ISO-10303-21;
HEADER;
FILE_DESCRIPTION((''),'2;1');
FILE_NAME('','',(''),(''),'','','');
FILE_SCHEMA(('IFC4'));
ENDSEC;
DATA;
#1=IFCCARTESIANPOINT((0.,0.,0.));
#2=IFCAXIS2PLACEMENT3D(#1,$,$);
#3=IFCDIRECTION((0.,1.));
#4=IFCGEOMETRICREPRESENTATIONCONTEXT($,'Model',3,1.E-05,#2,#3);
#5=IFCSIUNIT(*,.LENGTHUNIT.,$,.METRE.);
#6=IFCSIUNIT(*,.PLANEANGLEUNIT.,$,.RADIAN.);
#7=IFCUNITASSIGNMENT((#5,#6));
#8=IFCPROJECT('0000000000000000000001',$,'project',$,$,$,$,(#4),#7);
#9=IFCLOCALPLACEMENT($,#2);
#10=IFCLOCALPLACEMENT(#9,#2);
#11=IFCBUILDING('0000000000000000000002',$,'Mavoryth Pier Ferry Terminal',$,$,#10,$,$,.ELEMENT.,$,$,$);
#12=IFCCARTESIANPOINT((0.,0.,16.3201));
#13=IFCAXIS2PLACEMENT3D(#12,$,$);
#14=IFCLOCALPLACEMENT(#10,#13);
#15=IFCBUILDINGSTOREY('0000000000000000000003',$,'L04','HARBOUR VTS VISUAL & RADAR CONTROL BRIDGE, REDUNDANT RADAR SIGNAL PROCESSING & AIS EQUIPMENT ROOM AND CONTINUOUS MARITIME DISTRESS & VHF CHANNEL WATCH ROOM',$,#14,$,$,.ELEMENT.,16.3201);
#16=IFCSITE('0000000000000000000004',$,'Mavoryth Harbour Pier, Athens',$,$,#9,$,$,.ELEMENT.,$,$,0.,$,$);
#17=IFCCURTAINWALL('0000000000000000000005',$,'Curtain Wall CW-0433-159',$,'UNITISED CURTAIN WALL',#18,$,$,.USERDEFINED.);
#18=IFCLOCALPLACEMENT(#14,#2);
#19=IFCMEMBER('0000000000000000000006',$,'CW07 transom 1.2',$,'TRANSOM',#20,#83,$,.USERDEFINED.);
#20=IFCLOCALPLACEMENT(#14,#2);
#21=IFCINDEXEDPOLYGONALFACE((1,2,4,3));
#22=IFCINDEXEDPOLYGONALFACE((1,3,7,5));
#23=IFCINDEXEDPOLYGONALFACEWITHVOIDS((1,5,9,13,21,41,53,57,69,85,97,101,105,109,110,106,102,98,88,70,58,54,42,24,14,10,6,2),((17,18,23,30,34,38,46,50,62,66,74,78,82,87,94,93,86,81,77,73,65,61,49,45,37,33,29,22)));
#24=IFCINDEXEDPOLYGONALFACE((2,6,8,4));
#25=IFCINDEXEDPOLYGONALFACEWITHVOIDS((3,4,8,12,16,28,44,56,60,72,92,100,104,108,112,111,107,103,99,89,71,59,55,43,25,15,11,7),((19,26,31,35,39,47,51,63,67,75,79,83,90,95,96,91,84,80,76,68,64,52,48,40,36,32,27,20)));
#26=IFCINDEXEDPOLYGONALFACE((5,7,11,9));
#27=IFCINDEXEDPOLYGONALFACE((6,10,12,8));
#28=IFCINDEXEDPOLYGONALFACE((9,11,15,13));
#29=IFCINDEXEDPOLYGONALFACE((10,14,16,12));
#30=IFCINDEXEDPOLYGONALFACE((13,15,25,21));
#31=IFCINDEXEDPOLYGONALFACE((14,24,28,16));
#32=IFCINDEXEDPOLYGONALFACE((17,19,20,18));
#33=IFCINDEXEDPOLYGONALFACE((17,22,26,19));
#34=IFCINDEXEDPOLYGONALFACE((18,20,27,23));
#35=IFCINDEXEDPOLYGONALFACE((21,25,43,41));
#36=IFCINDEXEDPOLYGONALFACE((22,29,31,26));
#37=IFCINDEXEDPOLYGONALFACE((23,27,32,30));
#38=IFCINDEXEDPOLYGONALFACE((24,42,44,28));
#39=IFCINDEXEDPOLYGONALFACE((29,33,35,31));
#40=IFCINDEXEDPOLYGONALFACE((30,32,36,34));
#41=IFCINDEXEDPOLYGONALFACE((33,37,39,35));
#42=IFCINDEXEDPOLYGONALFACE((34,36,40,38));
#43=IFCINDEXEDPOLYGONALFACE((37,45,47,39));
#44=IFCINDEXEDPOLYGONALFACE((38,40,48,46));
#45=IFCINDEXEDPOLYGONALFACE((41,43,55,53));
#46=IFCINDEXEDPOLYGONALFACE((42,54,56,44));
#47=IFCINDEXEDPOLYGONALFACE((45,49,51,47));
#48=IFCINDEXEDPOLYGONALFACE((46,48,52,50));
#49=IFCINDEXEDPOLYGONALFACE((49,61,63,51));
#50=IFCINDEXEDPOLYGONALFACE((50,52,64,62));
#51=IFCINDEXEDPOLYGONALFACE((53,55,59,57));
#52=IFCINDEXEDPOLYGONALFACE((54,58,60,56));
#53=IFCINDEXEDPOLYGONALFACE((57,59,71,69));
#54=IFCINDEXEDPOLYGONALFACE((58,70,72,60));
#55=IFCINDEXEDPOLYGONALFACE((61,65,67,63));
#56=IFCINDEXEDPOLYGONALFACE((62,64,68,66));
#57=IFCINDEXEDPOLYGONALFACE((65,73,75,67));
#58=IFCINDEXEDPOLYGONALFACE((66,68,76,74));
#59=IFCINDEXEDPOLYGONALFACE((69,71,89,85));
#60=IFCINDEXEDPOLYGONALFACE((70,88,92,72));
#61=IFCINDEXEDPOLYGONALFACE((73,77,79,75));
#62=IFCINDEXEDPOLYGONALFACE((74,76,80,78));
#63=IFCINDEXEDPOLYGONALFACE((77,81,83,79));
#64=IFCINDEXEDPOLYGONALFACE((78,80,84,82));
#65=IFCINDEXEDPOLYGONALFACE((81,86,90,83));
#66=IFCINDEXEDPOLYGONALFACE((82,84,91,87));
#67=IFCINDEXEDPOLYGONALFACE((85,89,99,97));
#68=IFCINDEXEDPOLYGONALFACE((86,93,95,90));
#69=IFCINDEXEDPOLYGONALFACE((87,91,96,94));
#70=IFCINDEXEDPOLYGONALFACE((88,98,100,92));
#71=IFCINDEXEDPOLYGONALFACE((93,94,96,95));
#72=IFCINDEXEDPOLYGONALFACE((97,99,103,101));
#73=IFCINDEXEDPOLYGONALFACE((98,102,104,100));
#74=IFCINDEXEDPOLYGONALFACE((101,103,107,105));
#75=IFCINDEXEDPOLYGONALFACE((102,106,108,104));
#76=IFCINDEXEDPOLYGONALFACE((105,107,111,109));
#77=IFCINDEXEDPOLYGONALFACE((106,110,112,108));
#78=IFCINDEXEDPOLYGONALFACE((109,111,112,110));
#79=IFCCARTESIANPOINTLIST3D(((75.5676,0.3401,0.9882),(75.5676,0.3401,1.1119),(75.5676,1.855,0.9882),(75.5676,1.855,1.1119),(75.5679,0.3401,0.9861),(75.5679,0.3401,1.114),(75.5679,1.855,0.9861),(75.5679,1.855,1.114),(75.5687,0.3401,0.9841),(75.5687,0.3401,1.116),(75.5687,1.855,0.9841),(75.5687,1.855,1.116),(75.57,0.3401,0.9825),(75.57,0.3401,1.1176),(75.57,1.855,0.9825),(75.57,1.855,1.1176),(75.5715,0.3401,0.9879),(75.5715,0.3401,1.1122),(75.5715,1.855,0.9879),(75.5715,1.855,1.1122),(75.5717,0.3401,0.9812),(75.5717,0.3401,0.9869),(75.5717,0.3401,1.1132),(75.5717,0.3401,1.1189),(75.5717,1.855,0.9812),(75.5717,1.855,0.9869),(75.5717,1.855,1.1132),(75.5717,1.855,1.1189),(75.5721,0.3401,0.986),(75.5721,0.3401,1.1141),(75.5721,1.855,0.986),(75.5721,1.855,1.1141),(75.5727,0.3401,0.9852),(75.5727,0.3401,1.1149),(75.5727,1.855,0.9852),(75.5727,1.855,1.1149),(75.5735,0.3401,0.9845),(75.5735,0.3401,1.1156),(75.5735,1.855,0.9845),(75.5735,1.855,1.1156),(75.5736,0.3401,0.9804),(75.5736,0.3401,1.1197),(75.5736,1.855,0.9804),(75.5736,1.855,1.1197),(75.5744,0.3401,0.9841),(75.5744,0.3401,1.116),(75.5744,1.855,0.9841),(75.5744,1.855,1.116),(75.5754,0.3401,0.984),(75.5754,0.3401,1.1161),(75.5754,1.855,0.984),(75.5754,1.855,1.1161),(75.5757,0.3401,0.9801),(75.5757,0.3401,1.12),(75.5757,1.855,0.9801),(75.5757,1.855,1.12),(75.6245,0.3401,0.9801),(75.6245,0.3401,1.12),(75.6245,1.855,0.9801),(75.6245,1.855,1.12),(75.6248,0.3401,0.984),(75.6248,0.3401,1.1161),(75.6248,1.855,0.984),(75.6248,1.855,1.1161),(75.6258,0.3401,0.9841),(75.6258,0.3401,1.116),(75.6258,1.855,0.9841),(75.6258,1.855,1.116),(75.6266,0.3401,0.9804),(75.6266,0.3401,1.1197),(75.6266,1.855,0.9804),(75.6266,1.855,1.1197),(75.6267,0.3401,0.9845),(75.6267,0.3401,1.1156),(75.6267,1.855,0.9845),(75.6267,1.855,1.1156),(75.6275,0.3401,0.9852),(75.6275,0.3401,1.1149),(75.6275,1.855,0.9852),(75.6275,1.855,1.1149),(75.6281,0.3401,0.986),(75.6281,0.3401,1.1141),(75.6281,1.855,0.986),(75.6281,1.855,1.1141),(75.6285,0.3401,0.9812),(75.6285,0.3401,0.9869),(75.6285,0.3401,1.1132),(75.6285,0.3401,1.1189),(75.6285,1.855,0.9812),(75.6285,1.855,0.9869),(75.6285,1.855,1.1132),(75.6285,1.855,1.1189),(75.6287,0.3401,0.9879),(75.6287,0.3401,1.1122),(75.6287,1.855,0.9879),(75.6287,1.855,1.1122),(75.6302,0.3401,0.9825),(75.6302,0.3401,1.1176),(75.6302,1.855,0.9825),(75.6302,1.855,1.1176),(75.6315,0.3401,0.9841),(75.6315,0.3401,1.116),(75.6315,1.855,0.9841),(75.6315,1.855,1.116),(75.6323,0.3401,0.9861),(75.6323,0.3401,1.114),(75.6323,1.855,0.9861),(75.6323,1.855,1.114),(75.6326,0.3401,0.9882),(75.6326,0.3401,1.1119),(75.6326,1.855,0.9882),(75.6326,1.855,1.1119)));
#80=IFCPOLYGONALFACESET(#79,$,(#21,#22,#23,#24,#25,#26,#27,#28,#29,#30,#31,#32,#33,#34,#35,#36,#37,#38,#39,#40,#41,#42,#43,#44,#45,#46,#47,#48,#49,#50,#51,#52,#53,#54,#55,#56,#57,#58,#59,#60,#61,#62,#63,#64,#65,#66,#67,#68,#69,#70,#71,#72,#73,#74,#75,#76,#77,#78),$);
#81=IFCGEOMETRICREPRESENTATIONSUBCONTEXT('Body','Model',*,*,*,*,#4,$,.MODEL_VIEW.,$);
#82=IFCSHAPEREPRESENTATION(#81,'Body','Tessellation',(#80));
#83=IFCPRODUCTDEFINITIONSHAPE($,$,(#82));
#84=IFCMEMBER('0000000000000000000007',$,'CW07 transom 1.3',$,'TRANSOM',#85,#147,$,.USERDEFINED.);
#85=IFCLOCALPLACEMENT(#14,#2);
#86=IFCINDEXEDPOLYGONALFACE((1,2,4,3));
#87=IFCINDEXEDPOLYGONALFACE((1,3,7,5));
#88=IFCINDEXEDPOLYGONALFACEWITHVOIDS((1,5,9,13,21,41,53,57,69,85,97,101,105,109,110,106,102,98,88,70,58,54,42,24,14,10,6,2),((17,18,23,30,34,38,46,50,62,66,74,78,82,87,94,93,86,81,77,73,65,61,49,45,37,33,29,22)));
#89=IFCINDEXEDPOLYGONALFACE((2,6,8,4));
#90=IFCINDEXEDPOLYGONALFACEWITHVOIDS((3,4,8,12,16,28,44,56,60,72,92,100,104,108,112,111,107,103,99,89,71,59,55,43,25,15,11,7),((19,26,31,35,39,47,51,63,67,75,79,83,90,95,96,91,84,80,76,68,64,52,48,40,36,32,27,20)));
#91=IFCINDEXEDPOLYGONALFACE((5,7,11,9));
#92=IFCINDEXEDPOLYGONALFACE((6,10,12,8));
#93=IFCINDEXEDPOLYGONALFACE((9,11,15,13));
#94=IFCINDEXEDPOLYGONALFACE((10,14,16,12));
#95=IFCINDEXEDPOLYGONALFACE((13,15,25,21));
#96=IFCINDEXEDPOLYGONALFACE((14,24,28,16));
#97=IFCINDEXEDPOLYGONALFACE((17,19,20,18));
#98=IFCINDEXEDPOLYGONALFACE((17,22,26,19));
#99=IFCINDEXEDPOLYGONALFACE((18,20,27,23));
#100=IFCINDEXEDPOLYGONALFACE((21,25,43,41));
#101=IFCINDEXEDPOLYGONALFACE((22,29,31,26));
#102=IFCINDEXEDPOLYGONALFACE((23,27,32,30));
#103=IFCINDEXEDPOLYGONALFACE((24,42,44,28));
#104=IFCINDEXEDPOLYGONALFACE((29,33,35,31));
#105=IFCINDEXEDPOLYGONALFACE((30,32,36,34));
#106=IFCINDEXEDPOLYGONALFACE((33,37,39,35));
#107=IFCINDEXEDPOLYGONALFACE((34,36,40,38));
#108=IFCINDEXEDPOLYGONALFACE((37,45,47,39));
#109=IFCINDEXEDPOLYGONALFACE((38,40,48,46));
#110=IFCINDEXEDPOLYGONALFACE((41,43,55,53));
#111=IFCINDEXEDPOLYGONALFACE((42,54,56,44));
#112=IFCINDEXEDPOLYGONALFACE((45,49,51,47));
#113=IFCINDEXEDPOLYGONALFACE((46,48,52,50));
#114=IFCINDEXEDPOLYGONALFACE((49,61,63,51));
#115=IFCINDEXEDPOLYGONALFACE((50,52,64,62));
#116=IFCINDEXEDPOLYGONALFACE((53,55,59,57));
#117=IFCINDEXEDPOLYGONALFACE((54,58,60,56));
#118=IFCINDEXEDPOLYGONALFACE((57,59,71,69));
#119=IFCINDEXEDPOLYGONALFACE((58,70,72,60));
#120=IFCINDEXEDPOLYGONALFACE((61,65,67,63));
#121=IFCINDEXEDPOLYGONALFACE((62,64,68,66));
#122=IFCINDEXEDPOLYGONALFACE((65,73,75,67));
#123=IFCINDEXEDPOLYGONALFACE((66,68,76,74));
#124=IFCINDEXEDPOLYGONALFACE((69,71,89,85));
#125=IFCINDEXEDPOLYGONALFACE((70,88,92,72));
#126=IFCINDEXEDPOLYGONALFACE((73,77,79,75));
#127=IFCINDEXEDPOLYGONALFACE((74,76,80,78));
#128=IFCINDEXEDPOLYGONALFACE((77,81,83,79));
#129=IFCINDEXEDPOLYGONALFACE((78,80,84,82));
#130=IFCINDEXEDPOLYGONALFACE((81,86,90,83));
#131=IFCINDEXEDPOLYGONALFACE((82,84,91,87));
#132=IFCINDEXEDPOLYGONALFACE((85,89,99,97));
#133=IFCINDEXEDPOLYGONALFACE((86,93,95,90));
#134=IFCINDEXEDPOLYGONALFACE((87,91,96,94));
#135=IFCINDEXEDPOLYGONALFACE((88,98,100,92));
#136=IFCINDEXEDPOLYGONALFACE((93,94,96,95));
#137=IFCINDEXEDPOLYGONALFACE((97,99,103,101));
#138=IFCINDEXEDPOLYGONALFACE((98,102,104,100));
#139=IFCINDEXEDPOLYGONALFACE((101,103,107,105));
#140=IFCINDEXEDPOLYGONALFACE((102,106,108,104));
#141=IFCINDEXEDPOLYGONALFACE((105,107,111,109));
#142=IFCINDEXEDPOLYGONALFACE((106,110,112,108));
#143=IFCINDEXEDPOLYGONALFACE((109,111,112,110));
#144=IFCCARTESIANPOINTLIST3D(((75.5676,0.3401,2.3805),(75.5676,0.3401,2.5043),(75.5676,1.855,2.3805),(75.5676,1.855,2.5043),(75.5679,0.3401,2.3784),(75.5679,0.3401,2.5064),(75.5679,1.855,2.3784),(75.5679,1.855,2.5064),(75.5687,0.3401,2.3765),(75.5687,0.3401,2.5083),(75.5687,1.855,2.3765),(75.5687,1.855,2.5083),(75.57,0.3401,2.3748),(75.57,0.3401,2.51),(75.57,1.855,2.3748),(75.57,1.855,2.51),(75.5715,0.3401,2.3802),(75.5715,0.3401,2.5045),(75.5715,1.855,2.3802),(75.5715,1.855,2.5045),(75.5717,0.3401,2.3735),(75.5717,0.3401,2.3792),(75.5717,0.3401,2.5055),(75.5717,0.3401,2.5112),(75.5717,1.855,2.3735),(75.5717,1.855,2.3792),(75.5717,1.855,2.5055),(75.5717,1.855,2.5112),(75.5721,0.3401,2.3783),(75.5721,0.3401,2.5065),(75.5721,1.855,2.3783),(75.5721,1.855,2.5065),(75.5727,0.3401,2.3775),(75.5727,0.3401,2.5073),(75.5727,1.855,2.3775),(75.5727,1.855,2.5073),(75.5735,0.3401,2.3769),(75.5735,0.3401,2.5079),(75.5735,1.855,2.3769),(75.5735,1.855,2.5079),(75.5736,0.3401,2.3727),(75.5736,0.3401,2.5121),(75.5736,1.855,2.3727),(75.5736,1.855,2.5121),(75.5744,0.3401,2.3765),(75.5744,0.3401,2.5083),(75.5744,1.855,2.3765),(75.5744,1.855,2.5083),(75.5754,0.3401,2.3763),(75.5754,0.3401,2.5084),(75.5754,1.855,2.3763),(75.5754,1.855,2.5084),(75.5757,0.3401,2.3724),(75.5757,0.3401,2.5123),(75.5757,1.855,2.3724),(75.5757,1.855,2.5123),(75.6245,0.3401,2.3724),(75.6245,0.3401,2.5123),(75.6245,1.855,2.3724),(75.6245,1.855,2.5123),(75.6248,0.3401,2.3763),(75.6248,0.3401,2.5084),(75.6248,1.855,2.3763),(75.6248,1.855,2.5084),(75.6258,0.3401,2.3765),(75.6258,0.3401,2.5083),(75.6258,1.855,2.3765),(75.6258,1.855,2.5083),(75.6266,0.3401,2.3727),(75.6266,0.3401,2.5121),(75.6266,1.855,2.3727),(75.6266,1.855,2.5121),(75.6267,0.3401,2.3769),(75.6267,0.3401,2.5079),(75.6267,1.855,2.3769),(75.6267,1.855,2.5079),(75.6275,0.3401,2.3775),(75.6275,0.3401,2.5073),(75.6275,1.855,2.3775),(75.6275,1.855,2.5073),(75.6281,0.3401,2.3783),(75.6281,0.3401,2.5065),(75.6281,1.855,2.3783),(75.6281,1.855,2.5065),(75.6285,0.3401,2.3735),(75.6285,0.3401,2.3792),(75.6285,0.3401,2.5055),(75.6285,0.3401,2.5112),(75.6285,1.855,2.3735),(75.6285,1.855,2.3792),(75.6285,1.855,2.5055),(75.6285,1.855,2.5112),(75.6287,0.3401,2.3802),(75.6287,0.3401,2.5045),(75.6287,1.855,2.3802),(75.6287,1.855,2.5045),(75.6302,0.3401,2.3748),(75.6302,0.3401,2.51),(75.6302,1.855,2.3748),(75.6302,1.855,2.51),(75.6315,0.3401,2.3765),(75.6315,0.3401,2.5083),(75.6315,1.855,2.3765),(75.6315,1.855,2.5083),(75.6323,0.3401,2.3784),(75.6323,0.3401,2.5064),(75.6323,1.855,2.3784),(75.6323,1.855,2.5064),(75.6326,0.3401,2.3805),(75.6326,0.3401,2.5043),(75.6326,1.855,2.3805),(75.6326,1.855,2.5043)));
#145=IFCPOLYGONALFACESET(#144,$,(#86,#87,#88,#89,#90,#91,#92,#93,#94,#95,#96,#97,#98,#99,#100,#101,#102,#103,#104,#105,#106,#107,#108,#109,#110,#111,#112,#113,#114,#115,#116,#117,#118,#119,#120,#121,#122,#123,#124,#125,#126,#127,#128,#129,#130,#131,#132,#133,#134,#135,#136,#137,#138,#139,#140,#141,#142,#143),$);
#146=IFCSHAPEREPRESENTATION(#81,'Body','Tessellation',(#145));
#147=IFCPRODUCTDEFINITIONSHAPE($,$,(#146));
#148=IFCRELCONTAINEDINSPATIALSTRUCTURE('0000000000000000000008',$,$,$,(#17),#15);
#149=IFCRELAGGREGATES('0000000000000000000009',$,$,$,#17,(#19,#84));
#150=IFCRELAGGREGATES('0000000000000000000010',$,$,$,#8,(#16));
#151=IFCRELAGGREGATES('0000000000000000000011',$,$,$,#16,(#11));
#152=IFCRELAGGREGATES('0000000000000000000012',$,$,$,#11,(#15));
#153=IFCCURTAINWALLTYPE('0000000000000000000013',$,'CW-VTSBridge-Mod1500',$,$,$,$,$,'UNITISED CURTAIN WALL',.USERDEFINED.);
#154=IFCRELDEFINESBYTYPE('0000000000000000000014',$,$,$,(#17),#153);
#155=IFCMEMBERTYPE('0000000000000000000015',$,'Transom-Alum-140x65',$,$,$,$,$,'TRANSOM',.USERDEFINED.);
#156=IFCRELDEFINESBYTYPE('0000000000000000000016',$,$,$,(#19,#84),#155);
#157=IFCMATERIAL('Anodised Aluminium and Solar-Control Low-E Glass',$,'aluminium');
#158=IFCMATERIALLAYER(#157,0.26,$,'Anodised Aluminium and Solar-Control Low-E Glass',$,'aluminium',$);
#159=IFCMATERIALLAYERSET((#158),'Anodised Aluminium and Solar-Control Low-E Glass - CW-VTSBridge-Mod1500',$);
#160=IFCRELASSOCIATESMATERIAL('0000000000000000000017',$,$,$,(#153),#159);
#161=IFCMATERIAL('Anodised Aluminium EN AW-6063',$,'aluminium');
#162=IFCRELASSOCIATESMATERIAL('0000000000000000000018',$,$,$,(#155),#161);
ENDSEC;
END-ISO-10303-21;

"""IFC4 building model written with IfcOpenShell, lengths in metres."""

from ifc_helpers import new_model, si_unit, direction, frame, origin, origin_2d, place, context, subcontext, project, spatial, hollow_rectangle, extrude, material, layer, layer_set, material_profile, profile_set, type_object, element, aggregate, save


model = new_model("IFC4")

# Units and contexts
model_context = context("Model", 3, precision=1e-05, world=origin(), true_north=direction((0.0, 1.0)))
body_context = subcontext(model_context, "Body", "Model", "MODEL_VIEW")
ifc_project = project(units=[si_unit("LENGTHUNIT", "METRE"), si_unit("PLANEANGLEUNIT", "RADIAN")], contexts=[model_context])

# Site, building, storey
site_placement = place(None, origin())
site = spatial("IfcSite", under=ifc_project, at=site_placement, Name="Mavoryth Harbour Pier, Athens", CompositionType="ELEMENT", RefElevation=0.0)
building_placement = place(site_placement, origin())
building = spatial("IfcBuilding", under=site, at=building_placement, Name="Mavoryth Pier Ferry Terminal", CompositionType="ELEMENT")
storey_placement = place(building_placement, frame((0.0, 0.0, 16.3201)))
storey = spatial("IfcBuildingStorey", under=building, at=storey_placement, Name="L04", Description="HARBOUR VTS VISUAL & RADAR CONTROL BRIDGE, REDUNDANT RADAR SIGNAL PROCESSING & AIS EQUIPMENT ROOM AND CONTINUOUS MARITIME DISTRESS & VHF CHANNEL WATCH ROOM", CompositionType="ELEMENT", Elevation=16.3201)

# Curtain wall
ifc_material_1 = material(Name="Anodised Aluminium and Solar-Control Low-E Glass", Category="aluminium")
ifc_layer_1 = layer(ifc_material_1, 0.26, Name="Anodised Aluminium and Solar-Control Low-E Glass", Category="aluminium")
ifc_layer_set_1 = layer_set([ifc_layer_1], Name="Anodised Aluminium and Solar-Control Low-E Glass - CW-VTSBridge-Mod1500")
curtain_wall_type = type_object("IfcCurtainWallType", Name="CW-VTSBridge-Mod1500", ElementType="UNITISED CURTAIN WALL", PredefinedType="USERDEFINED", material=ifc_layer_set_1)
ifc_material_2 = material(Name="Anodised Aluminium EN AW-6063", Category="aluminium")
curtain_wall_1_placement = place(storey_placement, origin())
curtain_wall_1 = element("IfcCurtainWall", 1, at=curtain_wall_1_placement, inside=storey, type_object=curtain_wall_type, Name="Curtain Wall CW-0433-159", ObjectType="UNITISED CURTAIN WALL", PredefinedType="USERDEFINED")

# Members
ifc_material_profile_1 = material_profile(ifc_material_2, hollow_rectangle(XDim=0.0649, YDim=0.1399, WallThickness=0.0039, InnerFilletRadius=0.0039, OuterFilletRadius=0.0081, at=origin_2d()), Name="AL-TRAN 140x65x4", Category="aluminium")
ifc_profile_set_1 = profile_set([ifc_material_profile_1], Name="Anodised Aluminium EN AW-6063 - AL-TRAN 140x65x4")
member_type_1 = type_object("IfcMemberType", Name="Transom-Alum-140x65", ElementType="TRANSOM", PredefinedType="USERDEFINED", material=ifc_profile_set_1)
member_1_placement = place(storey_placement, frame((75.6001, 0.3401, 1.05), z_axis=(0.0, 1.0, 0.0), x_axis=(-1.0, 0.0, 0.0)))
member_1 = element("IfcMember", 2, at=member_1_placement, type_object=member_type_1, Name="CW07 transom 1.2", ObjectType="TRANSOM", PredefinedType="USERDEFINED", context=body_context, shape_type="SweptSolid", body=[
    extrude(hollow_rectangle(XDim=0.0649, YDim=0.1399, WallThickness=0.0039, InnerFilletRadius=0.0039, OuterFilletRadius=0.0081, at=origin_2d()), origin(), (0.0, 0.0, 1.0), 1.5149),
])
member_2_placement = place(storey_placement, frame((75.6001, 0.3401, 2.4424), z_axis=(0.0, 1.0, 0.0), x_axis=(-1.0, 0.0, 0.0)))
member_2 = element("IfcMember", 3, at=member_2_placement, type_object=member_type_1, Name="CW07 transom 1.3", ObjectType="TRANSOM", PredefinedType="USERDEFINED", context=body_context, shape_type="SweptSolid", body=[
    extrude(hollow_rectangle(XDim=0.0649, YDim=0.1399, WallThickness=0.0039, InnerFilletRadius=0.0039, OuterFilletRadius=0.0081, at=origin_2d()), origin(), (0.0, 0.0, 1.0), 1.5149),
])

aggregate(curtain_wall_1, [member_1, member_2])

save(model, "model.ifc")
